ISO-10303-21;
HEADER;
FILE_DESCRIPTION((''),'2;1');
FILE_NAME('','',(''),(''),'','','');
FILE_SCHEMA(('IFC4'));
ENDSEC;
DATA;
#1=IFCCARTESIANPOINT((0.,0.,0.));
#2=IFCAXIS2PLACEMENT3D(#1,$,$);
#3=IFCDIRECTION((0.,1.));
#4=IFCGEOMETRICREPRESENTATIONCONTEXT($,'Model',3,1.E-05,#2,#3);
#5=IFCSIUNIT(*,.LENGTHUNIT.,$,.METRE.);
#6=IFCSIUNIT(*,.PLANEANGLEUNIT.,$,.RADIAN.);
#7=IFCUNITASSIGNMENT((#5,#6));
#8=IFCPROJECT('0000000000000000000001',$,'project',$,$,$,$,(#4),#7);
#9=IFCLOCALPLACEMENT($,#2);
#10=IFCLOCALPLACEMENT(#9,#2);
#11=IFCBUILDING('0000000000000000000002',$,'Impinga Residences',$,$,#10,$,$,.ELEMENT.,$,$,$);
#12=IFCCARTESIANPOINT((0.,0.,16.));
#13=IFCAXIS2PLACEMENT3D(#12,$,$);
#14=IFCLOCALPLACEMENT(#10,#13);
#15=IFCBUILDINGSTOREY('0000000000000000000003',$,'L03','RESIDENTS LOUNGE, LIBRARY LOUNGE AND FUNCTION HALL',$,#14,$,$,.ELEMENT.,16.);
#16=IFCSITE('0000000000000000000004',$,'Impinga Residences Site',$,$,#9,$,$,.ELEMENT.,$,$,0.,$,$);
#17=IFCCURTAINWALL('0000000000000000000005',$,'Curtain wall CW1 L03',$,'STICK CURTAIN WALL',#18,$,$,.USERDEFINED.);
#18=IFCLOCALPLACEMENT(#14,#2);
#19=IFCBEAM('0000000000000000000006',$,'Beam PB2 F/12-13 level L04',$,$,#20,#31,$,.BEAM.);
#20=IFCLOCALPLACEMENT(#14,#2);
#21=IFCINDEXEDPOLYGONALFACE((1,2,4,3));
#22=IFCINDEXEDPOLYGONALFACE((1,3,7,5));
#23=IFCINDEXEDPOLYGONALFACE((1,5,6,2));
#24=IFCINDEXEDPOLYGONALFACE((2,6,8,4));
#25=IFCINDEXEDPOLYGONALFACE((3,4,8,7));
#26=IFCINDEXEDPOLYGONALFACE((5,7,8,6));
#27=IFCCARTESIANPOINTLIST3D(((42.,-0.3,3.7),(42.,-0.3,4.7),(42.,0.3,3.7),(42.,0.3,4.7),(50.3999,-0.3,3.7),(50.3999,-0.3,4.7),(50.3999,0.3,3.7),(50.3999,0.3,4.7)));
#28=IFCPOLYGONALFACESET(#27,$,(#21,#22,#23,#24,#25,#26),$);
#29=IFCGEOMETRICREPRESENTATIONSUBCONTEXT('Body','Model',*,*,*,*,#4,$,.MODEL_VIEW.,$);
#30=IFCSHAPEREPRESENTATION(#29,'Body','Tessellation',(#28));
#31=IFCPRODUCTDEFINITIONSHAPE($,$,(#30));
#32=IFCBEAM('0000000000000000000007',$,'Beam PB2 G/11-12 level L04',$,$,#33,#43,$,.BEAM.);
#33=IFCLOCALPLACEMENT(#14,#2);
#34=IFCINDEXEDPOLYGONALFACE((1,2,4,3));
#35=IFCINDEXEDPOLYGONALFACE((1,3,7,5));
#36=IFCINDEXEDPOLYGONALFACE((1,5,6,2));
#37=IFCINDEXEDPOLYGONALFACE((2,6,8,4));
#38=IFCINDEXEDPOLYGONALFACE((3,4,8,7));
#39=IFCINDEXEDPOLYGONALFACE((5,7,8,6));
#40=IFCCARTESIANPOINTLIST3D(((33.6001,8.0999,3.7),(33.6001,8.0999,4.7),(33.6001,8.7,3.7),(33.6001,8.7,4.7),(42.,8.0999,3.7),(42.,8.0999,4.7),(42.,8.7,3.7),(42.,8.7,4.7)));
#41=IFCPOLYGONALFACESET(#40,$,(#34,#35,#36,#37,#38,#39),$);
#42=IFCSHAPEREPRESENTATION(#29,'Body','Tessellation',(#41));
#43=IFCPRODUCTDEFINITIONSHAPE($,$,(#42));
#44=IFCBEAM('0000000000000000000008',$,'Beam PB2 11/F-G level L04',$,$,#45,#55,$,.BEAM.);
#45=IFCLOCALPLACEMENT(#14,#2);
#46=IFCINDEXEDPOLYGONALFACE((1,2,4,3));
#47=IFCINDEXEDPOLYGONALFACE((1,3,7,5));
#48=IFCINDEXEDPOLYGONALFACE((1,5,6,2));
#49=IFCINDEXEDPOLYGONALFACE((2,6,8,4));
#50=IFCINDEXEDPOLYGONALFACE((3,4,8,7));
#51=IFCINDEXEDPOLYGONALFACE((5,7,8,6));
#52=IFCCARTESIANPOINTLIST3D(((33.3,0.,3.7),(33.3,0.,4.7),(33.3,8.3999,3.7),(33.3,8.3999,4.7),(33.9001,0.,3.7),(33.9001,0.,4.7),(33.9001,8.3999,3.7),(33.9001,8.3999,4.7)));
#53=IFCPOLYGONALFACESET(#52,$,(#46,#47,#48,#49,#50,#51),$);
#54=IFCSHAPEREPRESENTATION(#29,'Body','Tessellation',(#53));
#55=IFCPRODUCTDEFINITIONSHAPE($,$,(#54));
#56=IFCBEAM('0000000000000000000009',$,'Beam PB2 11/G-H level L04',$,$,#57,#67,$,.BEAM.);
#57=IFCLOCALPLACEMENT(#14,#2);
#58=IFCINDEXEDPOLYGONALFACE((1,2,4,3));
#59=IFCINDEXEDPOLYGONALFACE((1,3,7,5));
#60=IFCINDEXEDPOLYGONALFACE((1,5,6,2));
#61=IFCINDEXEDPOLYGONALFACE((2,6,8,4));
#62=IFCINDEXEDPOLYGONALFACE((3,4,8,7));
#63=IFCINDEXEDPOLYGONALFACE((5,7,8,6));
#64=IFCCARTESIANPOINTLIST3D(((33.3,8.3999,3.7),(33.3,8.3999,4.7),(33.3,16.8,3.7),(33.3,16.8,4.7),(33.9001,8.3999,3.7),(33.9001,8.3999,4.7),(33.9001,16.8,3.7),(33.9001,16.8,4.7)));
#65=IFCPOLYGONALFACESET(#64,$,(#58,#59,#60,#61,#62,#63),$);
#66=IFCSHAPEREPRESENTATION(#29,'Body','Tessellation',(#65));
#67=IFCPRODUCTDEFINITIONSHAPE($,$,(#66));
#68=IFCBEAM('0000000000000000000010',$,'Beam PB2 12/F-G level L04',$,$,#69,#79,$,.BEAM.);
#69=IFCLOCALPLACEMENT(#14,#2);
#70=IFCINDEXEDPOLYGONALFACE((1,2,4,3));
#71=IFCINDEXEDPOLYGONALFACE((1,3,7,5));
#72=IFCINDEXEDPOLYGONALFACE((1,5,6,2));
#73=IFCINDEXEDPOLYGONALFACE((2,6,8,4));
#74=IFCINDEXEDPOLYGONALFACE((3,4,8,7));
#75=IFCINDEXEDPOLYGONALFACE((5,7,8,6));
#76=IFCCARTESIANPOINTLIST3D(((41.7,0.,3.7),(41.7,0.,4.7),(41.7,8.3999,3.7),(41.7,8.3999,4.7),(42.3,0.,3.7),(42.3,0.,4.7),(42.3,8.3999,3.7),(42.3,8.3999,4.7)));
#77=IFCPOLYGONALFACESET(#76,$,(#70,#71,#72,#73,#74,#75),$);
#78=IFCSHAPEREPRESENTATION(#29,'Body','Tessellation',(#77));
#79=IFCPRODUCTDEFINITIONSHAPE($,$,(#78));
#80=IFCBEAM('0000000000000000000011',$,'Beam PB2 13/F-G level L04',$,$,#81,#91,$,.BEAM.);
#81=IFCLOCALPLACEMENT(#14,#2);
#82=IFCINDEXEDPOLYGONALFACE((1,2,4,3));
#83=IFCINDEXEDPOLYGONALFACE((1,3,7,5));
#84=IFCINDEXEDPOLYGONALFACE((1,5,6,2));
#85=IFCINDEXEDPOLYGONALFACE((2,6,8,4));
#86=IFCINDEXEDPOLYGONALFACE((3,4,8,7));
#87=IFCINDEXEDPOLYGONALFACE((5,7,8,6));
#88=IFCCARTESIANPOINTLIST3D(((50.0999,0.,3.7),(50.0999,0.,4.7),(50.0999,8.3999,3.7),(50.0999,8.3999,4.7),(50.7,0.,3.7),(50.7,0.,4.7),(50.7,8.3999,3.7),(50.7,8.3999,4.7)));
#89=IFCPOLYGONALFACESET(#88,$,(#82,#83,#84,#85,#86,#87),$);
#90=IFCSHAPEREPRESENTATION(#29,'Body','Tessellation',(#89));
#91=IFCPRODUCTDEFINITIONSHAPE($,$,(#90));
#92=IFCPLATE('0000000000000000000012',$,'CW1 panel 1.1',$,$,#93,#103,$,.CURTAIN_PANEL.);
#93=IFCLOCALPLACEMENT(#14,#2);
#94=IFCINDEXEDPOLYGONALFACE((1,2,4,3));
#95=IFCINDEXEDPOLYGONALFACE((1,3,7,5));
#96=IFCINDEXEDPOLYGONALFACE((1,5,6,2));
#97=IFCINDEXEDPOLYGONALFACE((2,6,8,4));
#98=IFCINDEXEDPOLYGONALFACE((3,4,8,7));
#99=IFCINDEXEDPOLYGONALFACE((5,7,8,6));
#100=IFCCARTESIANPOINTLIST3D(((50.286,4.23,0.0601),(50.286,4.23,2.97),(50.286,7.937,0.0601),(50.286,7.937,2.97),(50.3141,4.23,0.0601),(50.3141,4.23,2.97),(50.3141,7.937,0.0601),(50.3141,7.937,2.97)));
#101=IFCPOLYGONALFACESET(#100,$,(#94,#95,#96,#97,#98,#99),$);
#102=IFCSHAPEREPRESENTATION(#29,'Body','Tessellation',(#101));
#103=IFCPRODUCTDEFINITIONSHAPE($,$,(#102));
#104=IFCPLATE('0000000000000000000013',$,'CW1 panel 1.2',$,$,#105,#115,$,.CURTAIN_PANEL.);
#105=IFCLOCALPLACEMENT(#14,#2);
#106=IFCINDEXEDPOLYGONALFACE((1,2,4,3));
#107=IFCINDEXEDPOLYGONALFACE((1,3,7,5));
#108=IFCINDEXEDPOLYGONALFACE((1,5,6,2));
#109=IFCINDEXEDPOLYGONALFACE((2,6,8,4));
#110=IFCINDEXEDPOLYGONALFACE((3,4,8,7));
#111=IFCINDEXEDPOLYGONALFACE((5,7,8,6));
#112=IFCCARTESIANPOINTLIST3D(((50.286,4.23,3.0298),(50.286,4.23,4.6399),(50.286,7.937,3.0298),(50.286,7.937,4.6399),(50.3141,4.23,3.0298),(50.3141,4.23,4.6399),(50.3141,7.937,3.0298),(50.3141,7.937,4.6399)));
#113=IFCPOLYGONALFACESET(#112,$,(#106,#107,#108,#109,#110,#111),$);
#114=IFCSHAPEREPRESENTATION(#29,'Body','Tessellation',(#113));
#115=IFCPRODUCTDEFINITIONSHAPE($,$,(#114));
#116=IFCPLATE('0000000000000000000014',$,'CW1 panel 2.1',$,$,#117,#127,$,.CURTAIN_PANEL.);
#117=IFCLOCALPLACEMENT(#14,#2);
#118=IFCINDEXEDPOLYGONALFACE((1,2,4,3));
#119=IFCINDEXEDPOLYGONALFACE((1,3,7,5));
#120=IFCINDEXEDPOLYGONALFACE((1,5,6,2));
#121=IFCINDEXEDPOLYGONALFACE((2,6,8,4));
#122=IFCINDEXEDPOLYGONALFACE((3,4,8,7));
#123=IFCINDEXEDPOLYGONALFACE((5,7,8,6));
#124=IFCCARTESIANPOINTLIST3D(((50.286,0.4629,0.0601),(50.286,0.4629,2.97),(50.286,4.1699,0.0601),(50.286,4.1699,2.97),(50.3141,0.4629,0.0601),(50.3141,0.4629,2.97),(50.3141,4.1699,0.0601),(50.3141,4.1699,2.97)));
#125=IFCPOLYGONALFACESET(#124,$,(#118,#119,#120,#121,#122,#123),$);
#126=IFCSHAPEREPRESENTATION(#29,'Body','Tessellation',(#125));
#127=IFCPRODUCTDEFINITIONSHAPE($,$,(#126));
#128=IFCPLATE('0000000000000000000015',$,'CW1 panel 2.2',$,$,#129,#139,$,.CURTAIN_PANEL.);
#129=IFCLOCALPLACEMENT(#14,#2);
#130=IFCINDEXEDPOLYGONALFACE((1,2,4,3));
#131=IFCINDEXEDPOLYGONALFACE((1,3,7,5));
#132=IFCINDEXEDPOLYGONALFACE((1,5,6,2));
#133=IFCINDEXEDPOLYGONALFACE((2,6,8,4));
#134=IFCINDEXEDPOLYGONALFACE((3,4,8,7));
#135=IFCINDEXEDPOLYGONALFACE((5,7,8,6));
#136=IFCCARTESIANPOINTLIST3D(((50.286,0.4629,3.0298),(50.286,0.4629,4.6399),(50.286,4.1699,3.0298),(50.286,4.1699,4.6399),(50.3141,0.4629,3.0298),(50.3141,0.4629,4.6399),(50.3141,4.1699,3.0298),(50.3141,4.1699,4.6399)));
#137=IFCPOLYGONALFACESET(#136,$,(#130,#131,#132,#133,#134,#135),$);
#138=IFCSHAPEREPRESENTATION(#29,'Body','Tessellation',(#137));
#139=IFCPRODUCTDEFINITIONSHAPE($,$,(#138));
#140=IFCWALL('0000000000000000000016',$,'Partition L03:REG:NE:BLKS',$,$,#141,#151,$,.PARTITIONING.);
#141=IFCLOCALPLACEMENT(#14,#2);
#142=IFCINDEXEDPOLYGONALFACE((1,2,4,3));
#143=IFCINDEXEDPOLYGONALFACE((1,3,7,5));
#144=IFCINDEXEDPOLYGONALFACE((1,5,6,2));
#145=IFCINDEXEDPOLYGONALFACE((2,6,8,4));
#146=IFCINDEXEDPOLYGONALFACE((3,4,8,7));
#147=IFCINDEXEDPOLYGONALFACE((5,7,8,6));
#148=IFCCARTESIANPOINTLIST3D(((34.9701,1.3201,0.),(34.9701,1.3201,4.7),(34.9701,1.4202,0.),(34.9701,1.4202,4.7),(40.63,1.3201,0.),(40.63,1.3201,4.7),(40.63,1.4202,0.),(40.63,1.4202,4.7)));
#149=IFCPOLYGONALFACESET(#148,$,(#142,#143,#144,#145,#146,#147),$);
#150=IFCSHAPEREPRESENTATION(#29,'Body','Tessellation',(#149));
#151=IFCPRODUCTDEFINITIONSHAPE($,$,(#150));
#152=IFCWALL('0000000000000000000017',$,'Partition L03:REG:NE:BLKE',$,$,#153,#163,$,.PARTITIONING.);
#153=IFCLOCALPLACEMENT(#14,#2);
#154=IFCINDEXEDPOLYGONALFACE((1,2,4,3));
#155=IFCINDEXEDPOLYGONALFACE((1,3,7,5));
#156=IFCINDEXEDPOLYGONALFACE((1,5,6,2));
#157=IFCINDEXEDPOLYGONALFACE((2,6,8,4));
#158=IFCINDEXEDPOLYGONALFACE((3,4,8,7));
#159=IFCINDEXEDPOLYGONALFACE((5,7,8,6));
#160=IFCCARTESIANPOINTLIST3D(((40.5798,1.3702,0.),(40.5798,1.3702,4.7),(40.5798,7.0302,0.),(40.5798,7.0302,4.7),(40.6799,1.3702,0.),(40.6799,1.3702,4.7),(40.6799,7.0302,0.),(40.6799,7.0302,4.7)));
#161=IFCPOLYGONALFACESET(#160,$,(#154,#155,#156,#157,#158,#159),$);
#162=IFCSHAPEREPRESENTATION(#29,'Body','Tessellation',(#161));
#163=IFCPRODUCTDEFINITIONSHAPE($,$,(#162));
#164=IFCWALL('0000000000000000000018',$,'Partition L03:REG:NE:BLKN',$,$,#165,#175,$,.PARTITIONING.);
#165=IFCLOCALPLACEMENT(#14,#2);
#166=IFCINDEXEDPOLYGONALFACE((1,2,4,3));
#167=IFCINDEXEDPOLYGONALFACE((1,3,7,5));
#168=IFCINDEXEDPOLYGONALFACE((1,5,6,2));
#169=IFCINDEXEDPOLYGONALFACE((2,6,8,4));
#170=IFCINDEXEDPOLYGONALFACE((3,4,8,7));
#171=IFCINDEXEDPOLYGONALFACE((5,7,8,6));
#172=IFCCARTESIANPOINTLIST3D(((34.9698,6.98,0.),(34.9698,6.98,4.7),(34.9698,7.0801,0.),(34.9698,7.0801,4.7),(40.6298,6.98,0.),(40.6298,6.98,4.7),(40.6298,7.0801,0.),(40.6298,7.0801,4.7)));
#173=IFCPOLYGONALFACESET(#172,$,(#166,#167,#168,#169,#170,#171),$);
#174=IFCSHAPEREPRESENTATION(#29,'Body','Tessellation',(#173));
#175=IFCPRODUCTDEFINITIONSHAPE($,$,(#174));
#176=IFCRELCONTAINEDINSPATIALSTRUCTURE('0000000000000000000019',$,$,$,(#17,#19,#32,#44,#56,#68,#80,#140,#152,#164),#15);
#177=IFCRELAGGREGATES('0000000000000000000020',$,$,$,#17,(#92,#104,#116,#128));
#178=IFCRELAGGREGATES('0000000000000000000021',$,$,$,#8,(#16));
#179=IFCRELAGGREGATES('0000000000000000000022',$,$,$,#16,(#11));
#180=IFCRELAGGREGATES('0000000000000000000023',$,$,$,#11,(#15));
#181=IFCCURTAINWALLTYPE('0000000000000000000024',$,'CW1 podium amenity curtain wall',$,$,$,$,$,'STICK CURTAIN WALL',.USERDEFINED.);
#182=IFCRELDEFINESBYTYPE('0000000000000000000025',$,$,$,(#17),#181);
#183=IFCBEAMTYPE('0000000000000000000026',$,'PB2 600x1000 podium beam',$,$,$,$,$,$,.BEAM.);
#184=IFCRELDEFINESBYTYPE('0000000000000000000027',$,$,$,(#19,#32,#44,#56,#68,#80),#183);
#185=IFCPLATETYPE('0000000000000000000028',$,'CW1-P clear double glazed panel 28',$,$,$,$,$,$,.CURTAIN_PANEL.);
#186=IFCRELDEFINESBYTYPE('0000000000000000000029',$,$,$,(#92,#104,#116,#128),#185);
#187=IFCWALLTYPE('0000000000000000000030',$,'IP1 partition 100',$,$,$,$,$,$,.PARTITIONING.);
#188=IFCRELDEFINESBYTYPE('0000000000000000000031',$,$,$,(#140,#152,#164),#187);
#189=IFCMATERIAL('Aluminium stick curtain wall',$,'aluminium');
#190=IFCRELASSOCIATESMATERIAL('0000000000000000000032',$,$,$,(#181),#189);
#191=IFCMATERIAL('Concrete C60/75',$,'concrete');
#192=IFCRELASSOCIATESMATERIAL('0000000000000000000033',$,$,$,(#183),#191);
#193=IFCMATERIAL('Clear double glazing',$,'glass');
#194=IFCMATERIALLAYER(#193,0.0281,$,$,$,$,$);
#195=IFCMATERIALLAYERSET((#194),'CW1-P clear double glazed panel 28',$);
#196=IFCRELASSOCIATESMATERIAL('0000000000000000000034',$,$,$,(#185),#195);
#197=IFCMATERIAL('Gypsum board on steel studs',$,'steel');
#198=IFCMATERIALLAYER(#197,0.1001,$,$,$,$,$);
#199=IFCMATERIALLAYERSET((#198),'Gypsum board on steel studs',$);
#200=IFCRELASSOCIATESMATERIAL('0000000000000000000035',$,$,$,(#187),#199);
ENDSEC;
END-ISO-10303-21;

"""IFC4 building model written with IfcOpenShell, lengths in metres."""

from ifc_helpers import new_model, si_unit, direction, frame, frame_2d, origin, origin_2d, place, context, subcontext, project, spatial, rectangle, extrude, material, layer, layer_set, material_profile, profile_set, type_object, element, aggregate, save


model = new_model("IFC4")

# Units and contexts
model_context = context("Model", 3, precision=1e-05, world=origin(), true_north=direction((0.0, 1.0)))
body_context = subcontext(model_context, "Body", "Model", "MODEL_VIEW")
ifc_project = project(units=[si_unit("LENGTHUNIT", "METRE"), si_unit("PLANEANGLEUNIT", "RADIAN")], contexts=[model_context])

# Site, building, storey
site_placement = place(None, origin())
site = spatial("IfcSite", under=ifc_project, at=site_placement, Name="Impinga Residences Site", CompositionType="ELEMENT", RefElevation=0.0)
building_placement = place(site_placement, origin())
building = spatial("IfcBuilding", under=site, at=building_placement, Name="Impinga Residences", CompositionType="ELEMENT")
storey_placement = place(building_placement, frame((0.0, 0.0, 16.0)))
storey = spatial("IfcBuildingStorey", under=building, at=storey_placement, Name="L03", Description="RESIDENTS LOUNGE, LIBRARY LOUNGE AND FUNCTION HALL", CompositionType="ELEMENT", Elevation=16.0)

# Curtain wall
ifc_material_1 = material(Name="Aluminium stick curtain wall", Category="aluminium")
curtain_wall_type = type_object("IfcCurtainWallType", Name="CW1 podium amenity curtain wall", ElementType="STICK CURTAIN WALL", PredefinedType="USERDEFINED", material=ifc_material_1)
curtain_wall_1_placement = place(storey_placement, origin())
curtain_wall_1 = element("IfcCurtainWall", 1, at=curtain_wall_1_placement, inside=storey, type_object=curtain_wall_type, Name="Curtain wall CW1 L03", ObjectType="STICK CURTAIN WALL", PredefinedType="USERDEFINED")

# Beams
ifc_material_2 = material(Name="Concrete C60/75", Category="concrete")
ifc_material_profile_1 = material_profile(ifc_material_2, rectangle(XDim=0.6001, YDim=1.0, at=origin_2d()), Name="RC 600x1000")
ifc_profile_set_1 = profile_set([ifc_material_profile_1], Name="Concrete C60/75")
beam_type = type_object("IfcBeamType", Name="PB2 600x1000 podium beam", PredefinedType="BEAM", material=ifc_profile_set_1)
for number, where, z_axis, x_axis, name in (
    (2, (42.0, 0.0, 4.2), (1.0, 0.0, 0.0), (0.0, 1.0, 0.0), "Beam PB2 F/12-13 level L04"),
    (3, (33.6001, 8.3999, 4.2), (1.0, 0.0, 0.0), (0.0, 1.0, 0.0), "Beam PB2 G/11-12 level L04"),
    (4, (33.6001, 0.0, 4.2), (0.0, 1.0, 0.0), (-1.0, 0.0, 0.0), "Beam PB2 11/F-G level L04"),
):
    element("IfcBeam", number, at=place(storey_placement, frame(where, z_axis=z_axis, x_axis=x_axis)), inside=storey, type_object=beam_type, Name=name, PredefinedType="BEAM", context=body_context, shape_type="SweptSolid", body=[
        extrude(rectangle(XDim=0.6001, YDim=1.0, at=origin_2d()), origin(), (0.0, 0.0, 1.0), 8.3999),
    ])
beam_placement = place(storey_placement, frame((33.6001, 8.3999, 4.2), z_axis=(0.0, 1.0, 0.0), x_axis=(-1.0, 0.0, 0.0)))
element("IfcBeam", 5, at=beam_placement, inside=storey, type_object=beam_type, Name="Beam PB2 11/G-H level L04", PredefinedType="BEAM", context=body_context, shape_type="SweptSolid", body=[
    extrude(rectangle(XDim=0.6001, YDim=1.0, at=origin_2d()), origin(), (0.0, 0.0, 1.0), 8.4001),
])
for number, where, z_axis, x_axis, name in (
    (6, (42.0, 0.0, 4.2), (0.0, 1.0, 0.0), (-1.0, 0.0, 0.0), "Beam PB2 12/F-G level L04"),
    (7, (50.3999, 0.0, 4.2), (0.0, 1.0, 0.0), (-1.0, 0.0, 0.0), "Beam PB2 13/F-G level L04"),
):
    element("IfcBeam", number, at=place(storey_placement, frame(where, z_axis=z_axis, x_axis=x_axis)), inside=storey, type_object=beam_type, Name=name, PredefinedType="BEAM", context=body_context, shape_type="SweptSolid", body=[
        extrude(rectangle(XDim=0.6001, YDim=1.0, at=origin_2d()), origin(), (0.0, 0.0, 1.0), 8.3999),
    ])

# Plates
ifc_material_3 = material(Name="Clear double glazing", Category="glass")
ifc_layer_1 = layer(ifc_material_3, 0.0281)
ifc_layer_set_1 = layer_set([ifc_layer_1], Name="CW1-P clear double glazed panel 28")
plate_type = type_object("IfcPlateType", Name="CW1-P clear double glazed panel 28", PredefinedType="CURTAIN_PANEL", material=ifc_layer_set_1)
plate_1_placement = place(storey_placement, frame((50.3, 6.0835, 0.0601), z_axis=(0.0, 0.0, 1.0), x_axis=(0.0, -1.0, 0.0)))
plate_1 = element("IfcPlate", 8, at=plate_1_placement, type_object=plate_type, Name="CW1 panel 1.1", PredefinedType="CURTAIN_PANEL", context=body_context, shape_type="SweptSolid", body=[
    extrude(rectangle(XDim=3.707, YDim=0.0281, at=origin_2d()), origin(), (0.0, 0.0, 1.0), 2.9099),
])
plate_2_placement = place(storey_placement, frame((50.3, 6.0835, 3.0298), z_axis=(0.0, 0.0, 1.0), x_axis=(0.0, -1.0, 0.0)))
plate_2 = element("IfcPlate", 9, at=plate_2_placement, type_object=plate_type, Name="CW1 panel 1.2", PredefinedType="CURTAIN_PANEL", context=body_context, shape_type="SweptSolid", body=[
    extrude(rectangle(XDim=3.707, YDim=0.0281, at=origin_2d()), origin(), (0.0, 0.0, 1.0), 1.6101),
])
plate_3_placement = place(storey_placement, frame((50.3, 2.3164, 0.0601), z_axis=(0.0, 0.0, 1.0), x_axis=(0.0, -1.0, 0.0)))
plate_3 = element("IfcPlate", 10, at=plate_3_placement, type_object=plate_type, Name="CW1 panel 2.1", PredefinedType="CURTAIN_PANEL", context=body_context, shape_type="SweptSolid", body=[
    extrude(rectangle(XDim=3.707, YDim=0.0281, at=origin_2d()), origin(), (0.0, 0.0, 1.0), 2.9099),
])
plate_4_placement = place(storey_placement, frame((50.3, 2.3164, 3.0298), z_axis=(0.0, 0.0, 1.0), x_axis=(0.0, -1.0, 0.0)))
plate_4 = element("IfcPlate", 11, at=plate_4_placement, type_object=plate_type, Name="CW1 panel 2.2", PredefinedType="CURTAIN_PANEL", context=body_context, shape_type="SweptSolid", body=[
    extrude(rectangle(XDim=3.707, YDim=0.0281, at=origin_2d()), origin(), (0.0, 0.0, 1.0), 1.6101),
])
aggregate(curtain_wall_1, [plate_1, plate_2, plate_3, plate_4])

# Walls
ifc_material_4 = material(Name="Gypsum board on steel studs", Category="steel")
ifc_layer_2 = layer(ifc_material_4, 0.1001)
ifc_layer_set_2 = layer_set([ifc_layer_2], Name="Gypsum board on steel studs")
wall_type = type_object("IfcWallType", Name="IP1 partition 100", PredefinedType="PARTITIONING", material=ifc_layer_set_2)
for number, where, z_axis, x_axis, name in (
    (12, (34.97, 1.3701, 0.0), (0.0, 0.0, 1.0), (1.0, 0.0, 0.0), "Partition L03:REG:NE:BLKS"),
    (13, (40.6299, 1.3701, 0.0), (0.0, 0.0, 1.0), (0.0, 1.0, 0.0), "Partition L03:REG:NE:BLKE"),
    (14, (40.6299, 7.03, 0.0), (0.0, 0.0, 1.0), (-1.0, 0.0, 0.0), "Partition L03:REG:NE:BLKN"),
):
    element("IfcWall", number, at=place(storey_placement, frame(where, z_axis=z_axis, x_axis=x_axis)), inside=storey, type_object=wall_type, Name=name, PredefinedType="PARTITIONING", context=body_context, shape_type="SweptSolid", body=[
        extrude(rectangle(XDim=5.6599, YDim=0.1001, at=frame_2d((2.8301, 0.0))), origin(), (0.0, 0.0, 1.0), 4.7),
    ])

save(model, "model.ifc")
